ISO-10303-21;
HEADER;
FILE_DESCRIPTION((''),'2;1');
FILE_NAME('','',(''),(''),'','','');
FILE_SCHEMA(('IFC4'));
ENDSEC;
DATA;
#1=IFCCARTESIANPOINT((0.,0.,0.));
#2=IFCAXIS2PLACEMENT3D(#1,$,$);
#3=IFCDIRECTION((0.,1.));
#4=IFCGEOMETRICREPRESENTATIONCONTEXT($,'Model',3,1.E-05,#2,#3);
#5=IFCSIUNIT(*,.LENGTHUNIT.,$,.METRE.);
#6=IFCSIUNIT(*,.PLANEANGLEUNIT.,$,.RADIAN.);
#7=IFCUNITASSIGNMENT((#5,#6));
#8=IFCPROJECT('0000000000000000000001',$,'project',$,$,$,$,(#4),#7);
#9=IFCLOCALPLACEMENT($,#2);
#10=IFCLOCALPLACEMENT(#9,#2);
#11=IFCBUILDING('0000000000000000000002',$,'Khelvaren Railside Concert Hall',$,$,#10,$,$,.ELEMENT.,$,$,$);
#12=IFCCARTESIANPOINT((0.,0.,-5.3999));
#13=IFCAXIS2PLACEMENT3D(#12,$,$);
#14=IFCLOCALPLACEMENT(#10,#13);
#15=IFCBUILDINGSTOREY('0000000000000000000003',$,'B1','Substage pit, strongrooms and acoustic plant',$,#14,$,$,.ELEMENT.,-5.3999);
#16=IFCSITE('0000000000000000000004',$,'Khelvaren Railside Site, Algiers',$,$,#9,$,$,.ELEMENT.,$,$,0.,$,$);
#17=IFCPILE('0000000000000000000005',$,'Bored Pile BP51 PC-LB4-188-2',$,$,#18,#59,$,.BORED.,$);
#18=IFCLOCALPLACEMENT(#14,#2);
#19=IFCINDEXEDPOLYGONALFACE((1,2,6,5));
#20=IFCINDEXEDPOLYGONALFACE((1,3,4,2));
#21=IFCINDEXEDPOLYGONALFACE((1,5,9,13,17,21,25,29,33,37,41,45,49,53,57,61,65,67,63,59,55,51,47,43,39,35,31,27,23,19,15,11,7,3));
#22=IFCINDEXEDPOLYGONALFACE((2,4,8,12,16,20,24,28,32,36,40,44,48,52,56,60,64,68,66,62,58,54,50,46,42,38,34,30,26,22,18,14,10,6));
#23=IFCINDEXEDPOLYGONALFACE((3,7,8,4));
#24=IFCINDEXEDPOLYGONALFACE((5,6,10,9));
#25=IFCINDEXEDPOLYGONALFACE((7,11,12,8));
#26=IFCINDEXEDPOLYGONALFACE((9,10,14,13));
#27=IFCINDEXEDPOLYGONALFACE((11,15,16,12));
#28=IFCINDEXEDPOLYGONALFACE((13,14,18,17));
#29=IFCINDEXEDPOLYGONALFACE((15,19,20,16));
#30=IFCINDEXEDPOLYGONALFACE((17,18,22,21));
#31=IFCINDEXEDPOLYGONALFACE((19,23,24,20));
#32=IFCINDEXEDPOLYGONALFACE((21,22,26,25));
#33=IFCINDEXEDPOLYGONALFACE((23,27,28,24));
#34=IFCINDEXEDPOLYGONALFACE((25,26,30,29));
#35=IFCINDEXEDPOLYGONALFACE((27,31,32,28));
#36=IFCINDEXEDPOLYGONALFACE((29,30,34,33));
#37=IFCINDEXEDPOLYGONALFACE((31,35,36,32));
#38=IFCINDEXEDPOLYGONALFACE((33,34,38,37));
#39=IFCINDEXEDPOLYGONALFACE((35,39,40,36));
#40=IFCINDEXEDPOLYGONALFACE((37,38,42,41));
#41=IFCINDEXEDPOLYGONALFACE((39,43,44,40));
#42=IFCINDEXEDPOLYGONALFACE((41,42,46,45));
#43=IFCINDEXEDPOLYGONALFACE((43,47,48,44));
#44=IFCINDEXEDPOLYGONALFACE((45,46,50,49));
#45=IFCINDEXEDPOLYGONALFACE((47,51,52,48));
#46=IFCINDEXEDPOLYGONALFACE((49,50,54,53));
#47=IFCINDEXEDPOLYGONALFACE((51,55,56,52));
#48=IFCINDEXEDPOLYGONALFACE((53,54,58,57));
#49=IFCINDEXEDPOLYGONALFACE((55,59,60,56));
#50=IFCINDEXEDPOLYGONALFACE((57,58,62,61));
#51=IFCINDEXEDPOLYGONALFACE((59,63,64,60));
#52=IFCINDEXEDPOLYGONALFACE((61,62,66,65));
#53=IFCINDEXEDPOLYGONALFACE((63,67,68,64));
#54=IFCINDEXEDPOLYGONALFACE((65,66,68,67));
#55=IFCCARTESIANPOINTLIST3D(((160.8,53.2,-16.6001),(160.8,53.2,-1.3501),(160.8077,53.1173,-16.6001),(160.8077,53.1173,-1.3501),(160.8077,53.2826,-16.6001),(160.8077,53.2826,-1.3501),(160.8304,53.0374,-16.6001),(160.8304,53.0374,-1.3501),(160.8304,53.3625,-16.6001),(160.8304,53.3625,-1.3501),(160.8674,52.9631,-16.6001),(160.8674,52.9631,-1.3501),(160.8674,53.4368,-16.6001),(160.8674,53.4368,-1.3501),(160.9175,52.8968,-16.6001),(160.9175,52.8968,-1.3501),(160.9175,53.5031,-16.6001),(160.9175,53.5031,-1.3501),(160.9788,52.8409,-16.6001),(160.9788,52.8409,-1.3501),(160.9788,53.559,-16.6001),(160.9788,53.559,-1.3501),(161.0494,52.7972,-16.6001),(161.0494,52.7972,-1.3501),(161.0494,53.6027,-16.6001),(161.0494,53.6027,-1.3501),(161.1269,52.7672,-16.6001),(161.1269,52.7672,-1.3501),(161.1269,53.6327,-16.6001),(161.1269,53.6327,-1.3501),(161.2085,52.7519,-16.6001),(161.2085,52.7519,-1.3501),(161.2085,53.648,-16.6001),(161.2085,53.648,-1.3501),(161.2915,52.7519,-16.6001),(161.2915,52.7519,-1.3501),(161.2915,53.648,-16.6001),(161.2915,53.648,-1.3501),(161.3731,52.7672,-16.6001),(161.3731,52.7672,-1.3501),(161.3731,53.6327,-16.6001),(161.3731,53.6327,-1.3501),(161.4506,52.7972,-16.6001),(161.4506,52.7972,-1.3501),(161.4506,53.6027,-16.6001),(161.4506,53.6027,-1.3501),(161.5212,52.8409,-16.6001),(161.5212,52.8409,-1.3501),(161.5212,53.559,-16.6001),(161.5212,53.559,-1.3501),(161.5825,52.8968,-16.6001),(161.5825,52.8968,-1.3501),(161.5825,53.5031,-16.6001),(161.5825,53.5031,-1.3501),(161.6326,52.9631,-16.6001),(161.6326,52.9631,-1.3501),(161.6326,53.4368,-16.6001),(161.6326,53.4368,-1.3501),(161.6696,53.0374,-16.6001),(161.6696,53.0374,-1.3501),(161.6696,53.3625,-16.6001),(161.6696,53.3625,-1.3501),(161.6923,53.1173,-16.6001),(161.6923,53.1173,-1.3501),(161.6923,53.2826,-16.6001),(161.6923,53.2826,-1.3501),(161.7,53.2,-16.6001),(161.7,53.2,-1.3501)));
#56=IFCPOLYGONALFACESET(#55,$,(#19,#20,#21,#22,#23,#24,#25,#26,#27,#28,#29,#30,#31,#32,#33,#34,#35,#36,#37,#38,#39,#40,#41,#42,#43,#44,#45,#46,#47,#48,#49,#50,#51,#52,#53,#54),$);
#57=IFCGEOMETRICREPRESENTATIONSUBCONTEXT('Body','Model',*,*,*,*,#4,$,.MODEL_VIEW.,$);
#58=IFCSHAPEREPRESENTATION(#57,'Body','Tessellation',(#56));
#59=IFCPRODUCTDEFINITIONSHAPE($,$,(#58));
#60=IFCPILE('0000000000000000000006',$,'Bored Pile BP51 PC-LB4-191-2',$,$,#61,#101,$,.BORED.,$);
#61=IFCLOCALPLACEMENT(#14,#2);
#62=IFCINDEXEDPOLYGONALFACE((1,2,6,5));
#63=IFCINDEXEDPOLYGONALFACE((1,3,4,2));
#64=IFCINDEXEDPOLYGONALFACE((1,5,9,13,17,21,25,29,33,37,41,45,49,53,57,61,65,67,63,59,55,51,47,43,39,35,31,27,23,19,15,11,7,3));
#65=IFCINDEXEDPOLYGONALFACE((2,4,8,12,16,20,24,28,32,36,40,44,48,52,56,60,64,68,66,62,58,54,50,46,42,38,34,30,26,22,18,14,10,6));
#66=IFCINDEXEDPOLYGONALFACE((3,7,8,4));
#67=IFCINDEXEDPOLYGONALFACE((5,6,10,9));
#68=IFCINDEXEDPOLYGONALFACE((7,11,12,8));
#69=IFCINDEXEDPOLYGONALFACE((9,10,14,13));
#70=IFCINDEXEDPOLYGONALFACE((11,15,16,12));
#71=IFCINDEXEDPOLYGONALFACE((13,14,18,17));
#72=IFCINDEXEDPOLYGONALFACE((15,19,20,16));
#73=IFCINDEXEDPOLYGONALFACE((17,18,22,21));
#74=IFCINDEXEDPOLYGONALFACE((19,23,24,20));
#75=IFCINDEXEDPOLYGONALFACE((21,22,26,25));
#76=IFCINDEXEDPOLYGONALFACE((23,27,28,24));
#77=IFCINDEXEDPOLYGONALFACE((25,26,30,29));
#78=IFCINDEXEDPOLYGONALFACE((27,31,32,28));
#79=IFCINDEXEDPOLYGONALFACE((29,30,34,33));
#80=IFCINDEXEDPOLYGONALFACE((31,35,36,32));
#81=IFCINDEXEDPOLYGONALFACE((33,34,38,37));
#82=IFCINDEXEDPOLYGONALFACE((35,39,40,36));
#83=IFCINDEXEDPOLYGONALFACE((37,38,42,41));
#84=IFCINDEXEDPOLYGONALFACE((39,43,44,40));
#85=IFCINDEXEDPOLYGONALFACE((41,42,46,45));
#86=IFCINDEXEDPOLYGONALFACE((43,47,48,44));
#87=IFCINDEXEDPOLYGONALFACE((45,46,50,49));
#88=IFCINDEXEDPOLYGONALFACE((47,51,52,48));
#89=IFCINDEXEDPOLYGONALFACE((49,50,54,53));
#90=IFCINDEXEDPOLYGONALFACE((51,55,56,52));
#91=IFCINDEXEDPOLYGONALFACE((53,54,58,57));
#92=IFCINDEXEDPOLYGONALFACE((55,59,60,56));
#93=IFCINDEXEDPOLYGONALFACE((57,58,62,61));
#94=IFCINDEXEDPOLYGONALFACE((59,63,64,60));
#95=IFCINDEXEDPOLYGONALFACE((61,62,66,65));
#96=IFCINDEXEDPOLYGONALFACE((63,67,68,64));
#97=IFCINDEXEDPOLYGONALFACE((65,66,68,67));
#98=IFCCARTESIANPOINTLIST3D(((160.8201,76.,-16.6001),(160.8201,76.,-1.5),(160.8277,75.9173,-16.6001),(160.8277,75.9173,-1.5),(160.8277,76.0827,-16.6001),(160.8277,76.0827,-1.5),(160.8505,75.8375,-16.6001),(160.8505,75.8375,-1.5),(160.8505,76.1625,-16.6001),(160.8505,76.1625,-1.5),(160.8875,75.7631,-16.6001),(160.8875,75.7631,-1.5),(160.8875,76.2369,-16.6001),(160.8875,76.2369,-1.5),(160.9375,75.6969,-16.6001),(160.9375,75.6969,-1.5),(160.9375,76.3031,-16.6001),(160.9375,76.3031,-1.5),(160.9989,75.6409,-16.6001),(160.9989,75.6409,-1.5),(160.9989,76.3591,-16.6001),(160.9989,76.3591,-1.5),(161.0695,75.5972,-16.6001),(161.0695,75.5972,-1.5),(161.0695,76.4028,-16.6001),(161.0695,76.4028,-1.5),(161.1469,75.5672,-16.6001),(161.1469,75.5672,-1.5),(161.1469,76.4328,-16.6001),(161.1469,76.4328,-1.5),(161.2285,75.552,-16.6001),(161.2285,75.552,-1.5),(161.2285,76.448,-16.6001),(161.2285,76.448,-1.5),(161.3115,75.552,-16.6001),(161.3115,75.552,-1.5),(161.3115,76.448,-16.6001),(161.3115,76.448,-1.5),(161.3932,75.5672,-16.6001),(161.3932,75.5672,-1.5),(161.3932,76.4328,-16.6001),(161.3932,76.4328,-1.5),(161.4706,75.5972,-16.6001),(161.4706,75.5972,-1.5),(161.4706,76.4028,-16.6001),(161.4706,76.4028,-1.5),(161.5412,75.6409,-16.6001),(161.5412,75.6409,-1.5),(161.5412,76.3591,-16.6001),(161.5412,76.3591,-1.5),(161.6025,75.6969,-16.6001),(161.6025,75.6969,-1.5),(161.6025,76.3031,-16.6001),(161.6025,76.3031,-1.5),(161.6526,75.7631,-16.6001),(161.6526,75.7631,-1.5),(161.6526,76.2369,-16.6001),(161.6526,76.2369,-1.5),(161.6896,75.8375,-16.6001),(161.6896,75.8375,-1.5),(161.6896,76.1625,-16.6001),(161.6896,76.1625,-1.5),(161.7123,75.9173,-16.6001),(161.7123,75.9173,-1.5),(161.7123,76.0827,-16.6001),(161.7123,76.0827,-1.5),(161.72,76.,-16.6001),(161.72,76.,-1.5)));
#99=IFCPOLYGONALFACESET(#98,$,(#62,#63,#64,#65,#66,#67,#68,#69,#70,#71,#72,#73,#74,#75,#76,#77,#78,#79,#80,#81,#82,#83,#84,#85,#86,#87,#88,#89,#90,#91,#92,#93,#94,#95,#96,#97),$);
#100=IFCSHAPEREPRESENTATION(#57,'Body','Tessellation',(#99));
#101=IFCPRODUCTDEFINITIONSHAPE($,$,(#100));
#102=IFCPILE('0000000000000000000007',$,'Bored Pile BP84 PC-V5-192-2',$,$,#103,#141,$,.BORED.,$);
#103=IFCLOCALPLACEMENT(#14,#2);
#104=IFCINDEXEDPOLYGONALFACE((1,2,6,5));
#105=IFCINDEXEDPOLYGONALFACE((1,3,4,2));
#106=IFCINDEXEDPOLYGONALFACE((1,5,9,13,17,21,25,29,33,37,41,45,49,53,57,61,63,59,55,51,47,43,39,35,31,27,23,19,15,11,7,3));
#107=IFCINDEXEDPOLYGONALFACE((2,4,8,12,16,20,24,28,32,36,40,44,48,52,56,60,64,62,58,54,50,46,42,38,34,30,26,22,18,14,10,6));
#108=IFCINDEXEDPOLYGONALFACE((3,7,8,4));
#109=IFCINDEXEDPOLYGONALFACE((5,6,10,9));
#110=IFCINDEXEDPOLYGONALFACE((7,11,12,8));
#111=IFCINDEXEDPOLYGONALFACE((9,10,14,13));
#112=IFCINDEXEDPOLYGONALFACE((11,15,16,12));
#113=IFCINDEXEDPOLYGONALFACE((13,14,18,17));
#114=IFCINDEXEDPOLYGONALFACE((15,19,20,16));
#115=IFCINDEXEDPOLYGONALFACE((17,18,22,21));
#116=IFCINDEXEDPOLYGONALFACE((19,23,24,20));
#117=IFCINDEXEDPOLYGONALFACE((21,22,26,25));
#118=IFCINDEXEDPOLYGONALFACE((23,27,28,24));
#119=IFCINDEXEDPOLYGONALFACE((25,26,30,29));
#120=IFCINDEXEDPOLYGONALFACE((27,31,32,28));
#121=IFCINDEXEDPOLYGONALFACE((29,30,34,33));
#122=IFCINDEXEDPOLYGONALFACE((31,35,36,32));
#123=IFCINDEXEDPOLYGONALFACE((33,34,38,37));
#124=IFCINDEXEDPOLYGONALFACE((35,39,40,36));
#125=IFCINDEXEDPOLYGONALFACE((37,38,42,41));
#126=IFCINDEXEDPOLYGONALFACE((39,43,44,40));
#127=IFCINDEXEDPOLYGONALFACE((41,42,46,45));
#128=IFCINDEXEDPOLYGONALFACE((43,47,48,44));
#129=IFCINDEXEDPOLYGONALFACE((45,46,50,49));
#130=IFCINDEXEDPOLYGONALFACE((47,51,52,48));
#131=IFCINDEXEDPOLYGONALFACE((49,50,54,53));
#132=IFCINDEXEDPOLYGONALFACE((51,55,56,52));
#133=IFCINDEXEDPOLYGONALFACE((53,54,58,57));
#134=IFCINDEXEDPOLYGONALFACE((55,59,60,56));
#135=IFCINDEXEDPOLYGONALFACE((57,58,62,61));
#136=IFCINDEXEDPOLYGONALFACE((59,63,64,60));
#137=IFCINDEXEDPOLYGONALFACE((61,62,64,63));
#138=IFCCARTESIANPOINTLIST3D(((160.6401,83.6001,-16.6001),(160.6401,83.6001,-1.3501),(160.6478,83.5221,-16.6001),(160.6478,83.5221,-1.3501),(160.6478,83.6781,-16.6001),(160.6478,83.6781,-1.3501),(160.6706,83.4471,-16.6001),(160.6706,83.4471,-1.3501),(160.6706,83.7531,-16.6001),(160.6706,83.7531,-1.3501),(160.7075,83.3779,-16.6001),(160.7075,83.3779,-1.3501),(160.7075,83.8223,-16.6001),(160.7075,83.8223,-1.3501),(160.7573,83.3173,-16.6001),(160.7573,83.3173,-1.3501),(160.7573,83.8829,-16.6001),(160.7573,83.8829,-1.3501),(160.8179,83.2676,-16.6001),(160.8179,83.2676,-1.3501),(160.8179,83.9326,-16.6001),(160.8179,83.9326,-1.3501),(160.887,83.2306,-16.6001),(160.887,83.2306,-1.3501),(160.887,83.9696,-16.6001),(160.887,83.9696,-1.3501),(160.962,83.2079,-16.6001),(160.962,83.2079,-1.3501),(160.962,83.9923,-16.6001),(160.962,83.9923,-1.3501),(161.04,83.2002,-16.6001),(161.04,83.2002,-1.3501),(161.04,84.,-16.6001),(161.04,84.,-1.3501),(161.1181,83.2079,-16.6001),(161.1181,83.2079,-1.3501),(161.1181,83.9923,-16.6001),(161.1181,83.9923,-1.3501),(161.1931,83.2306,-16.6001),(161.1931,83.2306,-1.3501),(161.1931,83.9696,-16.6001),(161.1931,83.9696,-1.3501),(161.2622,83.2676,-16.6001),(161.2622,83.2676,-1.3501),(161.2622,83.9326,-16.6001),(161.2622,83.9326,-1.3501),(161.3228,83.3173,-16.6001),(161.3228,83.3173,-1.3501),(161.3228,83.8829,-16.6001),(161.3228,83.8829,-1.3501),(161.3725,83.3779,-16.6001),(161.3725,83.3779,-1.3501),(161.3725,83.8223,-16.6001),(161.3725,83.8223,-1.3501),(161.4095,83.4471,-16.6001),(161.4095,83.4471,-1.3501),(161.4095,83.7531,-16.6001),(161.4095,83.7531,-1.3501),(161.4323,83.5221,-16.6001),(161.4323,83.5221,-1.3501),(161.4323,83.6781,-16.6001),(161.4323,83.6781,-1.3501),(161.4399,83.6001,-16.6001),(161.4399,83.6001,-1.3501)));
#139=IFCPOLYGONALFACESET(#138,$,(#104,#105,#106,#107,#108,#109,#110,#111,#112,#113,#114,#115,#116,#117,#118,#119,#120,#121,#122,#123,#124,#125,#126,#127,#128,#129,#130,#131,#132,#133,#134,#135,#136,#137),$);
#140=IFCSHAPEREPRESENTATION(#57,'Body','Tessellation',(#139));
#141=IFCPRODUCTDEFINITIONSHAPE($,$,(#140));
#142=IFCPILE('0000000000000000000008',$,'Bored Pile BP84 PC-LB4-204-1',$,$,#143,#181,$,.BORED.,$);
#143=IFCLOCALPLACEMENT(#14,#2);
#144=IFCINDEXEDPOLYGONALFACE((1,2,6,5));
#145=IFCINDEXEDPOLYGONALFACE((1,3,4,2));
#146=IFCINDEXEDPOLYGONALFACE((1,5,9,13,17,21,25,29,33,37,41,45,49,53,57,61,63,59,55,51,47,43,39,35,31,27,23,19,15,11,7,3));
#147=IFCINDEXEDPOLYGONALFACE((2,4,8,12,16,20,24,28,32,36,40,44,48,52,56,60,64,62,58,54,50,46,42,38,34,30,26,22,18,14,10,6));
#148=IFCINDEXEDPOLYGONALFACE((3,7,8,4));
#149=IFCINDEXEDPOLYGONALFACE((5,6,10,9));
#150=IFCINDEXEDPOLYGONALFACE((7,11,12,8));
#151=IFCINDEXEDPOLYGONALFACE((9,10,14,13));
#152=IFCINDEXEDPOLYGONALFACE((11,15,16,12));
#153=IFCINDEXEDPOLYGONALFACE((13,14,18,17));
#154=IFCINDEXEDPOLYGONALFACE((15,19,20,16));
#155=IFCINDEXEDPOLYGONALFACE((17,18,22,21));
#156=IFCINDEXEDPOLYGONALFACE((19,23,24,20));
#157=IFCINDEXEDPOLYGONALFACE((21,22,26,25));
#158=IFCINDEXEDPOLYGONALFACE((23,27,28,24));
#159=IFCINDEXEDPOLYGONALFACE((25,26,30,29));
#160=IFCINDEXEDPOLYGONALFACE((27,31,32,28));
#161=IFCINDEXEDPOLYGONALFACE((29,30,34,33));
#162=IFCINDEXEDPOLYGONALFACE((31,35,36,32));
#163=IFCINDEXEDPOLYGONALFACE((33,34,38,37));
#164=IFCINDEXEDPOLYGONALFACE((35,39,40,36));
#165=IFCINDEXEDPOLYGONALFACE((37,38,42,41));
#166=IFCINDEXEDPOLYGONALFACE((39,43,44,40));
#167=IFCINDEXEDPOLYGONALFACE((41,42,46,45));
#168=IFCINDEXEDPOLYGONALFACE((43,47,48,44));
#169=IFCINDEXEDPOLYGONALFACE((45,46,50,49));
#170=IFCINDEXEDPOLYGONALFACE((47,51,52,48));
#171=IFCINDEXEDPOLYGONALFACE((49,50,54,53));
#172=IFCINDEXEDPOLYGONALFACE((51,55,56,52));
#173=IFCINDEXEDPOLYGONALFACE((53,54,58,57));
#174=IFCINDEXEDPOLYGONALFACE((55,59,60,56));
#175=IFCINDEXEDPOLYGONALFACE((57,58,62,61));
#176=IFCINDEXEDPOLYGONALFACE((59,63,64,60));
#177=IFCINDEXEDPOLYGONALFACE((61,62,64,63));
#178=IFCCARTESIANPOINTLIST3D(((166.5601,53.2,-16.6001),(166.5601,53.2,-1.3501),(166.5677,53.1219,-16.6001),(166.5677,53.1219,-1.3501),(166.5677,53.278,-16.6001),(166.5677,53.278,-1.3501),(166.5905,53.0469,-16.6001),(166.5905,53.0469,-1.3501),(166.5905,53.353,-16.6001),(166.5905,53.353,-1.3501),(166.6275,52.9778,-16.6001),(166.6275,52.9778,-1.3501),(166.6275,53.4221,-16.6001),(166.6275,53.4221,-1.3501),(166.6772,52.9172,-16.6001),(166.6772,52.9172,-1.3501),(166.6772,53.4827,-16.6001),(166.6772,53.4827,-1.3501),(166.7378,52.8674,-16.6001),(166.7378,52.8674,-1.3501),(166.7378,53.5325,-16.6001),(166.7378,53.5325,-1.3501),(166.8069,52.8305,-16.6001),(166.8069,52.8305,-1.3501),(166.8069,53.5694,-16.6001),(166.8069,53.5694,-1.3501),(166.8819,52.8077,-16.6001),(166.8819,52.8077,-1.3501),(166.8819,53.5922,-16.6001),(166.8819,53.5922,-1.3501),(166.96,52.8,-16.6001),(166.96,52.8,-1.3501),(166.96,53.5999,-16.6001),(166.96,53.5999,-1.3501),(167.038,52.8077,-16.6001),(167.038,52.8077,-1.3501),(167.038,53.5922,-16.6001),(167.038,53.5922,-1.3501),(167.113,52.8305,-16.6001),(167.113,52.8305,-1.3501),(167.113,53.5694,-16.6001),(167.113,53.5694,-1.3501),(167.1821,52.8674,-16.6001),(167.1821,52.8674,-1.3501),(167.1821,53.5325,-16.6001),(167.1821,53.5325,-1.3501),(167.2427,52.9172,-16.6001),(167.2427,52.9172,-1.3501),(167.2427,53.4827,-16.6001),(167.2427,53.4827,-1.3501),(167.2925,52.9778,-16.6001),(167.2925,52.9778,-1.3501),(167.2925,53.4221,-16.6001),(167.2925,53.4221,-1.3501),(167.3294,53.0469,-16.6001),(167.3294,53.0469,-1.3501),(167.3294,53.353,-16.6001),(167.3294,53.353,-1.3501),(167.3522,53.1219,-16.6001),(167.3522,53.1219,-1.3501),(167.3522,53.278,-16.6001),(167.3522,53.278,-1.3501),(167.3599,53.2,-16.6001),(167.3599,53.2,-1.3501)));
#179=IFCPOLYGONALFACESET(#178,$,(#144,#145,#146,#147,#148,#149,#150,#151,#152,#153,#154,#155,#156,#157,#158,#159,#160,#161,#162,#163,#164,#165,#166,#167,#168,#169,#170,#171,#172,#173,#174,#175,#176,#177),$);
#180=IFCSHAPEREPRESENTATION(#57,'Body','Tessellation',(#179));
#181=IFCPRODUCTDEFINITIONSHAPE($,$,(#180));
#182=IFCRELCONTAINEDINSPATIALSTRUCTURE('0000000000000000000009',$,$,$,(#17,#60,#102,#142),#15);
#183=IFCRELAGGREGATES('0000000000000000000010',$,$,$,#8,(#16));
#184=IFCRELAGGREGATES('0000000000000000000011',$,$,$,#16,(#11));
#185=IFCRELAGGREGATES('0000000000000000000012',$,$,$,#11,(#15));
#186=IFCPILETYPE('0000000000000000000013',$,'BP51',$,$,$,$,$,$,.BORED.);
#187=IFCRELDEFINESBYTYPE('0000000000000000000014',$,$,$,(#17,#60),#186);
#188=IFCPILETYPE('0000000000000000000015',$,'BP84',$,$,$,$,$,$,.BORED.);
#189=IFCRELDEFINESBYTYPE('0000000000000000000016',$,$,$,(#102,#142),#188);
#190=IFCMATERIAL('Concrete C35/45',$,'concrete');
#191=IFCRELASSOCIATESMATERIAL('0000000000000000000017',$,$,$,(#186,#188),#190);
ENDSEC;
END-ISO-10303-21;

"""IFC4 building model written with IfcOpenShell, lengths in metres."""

from ifc_helpers import new_model, si_unit, direction, frame, origin, origin_2d, place, context, subcontext, project, spatial, circle, extrude, material, material_profile, profile_set, type_object, element, save


model = new_model("IFC4")

# Units and contexts
model_context = context("Model", 3, precision=1e-05, world=origin(), true_north=direction((0.0, 1.0)))
body_context = subcontext(model_context, "Body", "Model", "MODEL_VIEW")
ifc_project = project(units=[si_unit("LENGTHUNIT", "METRE"), si_unit("PLANEANGLEUNIT", "RADIAN")], contexts=[model_context])

# Site, building, storey
site_placement = place(None, origin())
site = spatial("IfcSite", under=ifc_project, at=site_placement, Name="Khelvaren Railside Site, Algiers", CompositionType="ELEMENT", RefElevation=0.0)
building_placement = place(site_placement, origin())
building = spatial("IfcBuilding", under=site, at=building_placement, Name="Khelvaren Railside Concert Hall", CompositionType="ELEMENT")
storey_placement = place(building_placement, frame((0.0, 0.0, -5.3999)))
storey = spatial("IfcBuildingStorey", under=building, at=storey_placement, Name="B1", Description="Substage pit, strongrooms and acoustic plant", CompositionType="ELEMENT", Elevation=-5.3999)

# Piles
ifc_material_1 = material(Name="Concrete C35/45", Category="concrete")
ifc_material_profile_1 = material_profile(ifc_material_1, circle(Radius=0.45, at=origin_2d()), Name="BP D900")
ifc_profile_set_1 = profile_set([ifc_material_profile_1], Name="Concrete C35/45")
pile_type_1 = type_object("IfcPileType", Name="BP51", PredefinedType="BORED", material=ifc_profile_set_1)
pile_1_placement = place(storey_placement, frame((161.25, 53.2, -1.3501), z_axis=(0.0, 0.0, -1.0), x_axis=(1.0, 0.0, 0.0)))
element("IfcPile", 1, at=pile_1_placement, inside=storey, type_object=pile_type_1, Name="Bored Pile BP51 PC-LB4-188-2", PredefinedType="BORED", context=body_context, shape_type="SweptSolid", body=[
    extrude(circle(Radius=0.45, at=origin_2d()), origin(), (0.0, 0.0, 1.0), 15.25),
])
pile_2_placement = place(storey_placement, frame((161.27, 76.0, -1.5), z_axis=(0.0, 0.0, -1.0), x_axis=(1.0, 0.0, 0.0)))
element("IfcPile", 2, at=pile_2_placement, inside=storey, type_object=pile_type_1, Name="Bored Pile BP51 PC-LB4-191-2", PredefinedType="BORED", context=body_context, shape_type="SweptSolid", body=[
    extrude(circle(Radius=0.45, at=origin_2d()), origin(), (0.0, 0.0, 1.0), 15.1001),
])
ifc_material_profile_2 = material_profile(ifc_material_1, circle(Radius=0.3999, at=origin_2d()), Name="BP D800")
ifc_profile_set_2 = profile_set([ifc_material_profile_2], Name="Concrete C35/45")
pile_type_2 = type_object("IfcPileType", Name="BP84", PredefinedType="BORED", material=ifc_profile_set_2)
for number, where, z_axis, x_axis, name in (
    (3, (161.04, 83.6001, -1.3501), (0.0, 0.0, -1.0), (1.0, 0.0, 0.0), "Bored Pile BP84 PC-V5-192-2"),
    (4, (166.96, 53.2, -1.3501), (0.0, 0.0, -1.0), (1.0, 0.0, 0.0), "Bored Pile BP84 PC-LB4-204-1"),
):
    element("IfcPile", number, at=place(storey_placement, frame(where, z_axis=z_axis, x_axis=x_axis)), inside=storey, type_object=pile_type_2, Name=name, PredefinedType="BORED", context=body_context, shape_type="SweptSolid", body=[
        extrude(circle(Radius=0.3999, at=origin_2d()), origin(), (0.0, 0.0, 1.0), 15.25),
    ])

save(model, "model.ifc")
